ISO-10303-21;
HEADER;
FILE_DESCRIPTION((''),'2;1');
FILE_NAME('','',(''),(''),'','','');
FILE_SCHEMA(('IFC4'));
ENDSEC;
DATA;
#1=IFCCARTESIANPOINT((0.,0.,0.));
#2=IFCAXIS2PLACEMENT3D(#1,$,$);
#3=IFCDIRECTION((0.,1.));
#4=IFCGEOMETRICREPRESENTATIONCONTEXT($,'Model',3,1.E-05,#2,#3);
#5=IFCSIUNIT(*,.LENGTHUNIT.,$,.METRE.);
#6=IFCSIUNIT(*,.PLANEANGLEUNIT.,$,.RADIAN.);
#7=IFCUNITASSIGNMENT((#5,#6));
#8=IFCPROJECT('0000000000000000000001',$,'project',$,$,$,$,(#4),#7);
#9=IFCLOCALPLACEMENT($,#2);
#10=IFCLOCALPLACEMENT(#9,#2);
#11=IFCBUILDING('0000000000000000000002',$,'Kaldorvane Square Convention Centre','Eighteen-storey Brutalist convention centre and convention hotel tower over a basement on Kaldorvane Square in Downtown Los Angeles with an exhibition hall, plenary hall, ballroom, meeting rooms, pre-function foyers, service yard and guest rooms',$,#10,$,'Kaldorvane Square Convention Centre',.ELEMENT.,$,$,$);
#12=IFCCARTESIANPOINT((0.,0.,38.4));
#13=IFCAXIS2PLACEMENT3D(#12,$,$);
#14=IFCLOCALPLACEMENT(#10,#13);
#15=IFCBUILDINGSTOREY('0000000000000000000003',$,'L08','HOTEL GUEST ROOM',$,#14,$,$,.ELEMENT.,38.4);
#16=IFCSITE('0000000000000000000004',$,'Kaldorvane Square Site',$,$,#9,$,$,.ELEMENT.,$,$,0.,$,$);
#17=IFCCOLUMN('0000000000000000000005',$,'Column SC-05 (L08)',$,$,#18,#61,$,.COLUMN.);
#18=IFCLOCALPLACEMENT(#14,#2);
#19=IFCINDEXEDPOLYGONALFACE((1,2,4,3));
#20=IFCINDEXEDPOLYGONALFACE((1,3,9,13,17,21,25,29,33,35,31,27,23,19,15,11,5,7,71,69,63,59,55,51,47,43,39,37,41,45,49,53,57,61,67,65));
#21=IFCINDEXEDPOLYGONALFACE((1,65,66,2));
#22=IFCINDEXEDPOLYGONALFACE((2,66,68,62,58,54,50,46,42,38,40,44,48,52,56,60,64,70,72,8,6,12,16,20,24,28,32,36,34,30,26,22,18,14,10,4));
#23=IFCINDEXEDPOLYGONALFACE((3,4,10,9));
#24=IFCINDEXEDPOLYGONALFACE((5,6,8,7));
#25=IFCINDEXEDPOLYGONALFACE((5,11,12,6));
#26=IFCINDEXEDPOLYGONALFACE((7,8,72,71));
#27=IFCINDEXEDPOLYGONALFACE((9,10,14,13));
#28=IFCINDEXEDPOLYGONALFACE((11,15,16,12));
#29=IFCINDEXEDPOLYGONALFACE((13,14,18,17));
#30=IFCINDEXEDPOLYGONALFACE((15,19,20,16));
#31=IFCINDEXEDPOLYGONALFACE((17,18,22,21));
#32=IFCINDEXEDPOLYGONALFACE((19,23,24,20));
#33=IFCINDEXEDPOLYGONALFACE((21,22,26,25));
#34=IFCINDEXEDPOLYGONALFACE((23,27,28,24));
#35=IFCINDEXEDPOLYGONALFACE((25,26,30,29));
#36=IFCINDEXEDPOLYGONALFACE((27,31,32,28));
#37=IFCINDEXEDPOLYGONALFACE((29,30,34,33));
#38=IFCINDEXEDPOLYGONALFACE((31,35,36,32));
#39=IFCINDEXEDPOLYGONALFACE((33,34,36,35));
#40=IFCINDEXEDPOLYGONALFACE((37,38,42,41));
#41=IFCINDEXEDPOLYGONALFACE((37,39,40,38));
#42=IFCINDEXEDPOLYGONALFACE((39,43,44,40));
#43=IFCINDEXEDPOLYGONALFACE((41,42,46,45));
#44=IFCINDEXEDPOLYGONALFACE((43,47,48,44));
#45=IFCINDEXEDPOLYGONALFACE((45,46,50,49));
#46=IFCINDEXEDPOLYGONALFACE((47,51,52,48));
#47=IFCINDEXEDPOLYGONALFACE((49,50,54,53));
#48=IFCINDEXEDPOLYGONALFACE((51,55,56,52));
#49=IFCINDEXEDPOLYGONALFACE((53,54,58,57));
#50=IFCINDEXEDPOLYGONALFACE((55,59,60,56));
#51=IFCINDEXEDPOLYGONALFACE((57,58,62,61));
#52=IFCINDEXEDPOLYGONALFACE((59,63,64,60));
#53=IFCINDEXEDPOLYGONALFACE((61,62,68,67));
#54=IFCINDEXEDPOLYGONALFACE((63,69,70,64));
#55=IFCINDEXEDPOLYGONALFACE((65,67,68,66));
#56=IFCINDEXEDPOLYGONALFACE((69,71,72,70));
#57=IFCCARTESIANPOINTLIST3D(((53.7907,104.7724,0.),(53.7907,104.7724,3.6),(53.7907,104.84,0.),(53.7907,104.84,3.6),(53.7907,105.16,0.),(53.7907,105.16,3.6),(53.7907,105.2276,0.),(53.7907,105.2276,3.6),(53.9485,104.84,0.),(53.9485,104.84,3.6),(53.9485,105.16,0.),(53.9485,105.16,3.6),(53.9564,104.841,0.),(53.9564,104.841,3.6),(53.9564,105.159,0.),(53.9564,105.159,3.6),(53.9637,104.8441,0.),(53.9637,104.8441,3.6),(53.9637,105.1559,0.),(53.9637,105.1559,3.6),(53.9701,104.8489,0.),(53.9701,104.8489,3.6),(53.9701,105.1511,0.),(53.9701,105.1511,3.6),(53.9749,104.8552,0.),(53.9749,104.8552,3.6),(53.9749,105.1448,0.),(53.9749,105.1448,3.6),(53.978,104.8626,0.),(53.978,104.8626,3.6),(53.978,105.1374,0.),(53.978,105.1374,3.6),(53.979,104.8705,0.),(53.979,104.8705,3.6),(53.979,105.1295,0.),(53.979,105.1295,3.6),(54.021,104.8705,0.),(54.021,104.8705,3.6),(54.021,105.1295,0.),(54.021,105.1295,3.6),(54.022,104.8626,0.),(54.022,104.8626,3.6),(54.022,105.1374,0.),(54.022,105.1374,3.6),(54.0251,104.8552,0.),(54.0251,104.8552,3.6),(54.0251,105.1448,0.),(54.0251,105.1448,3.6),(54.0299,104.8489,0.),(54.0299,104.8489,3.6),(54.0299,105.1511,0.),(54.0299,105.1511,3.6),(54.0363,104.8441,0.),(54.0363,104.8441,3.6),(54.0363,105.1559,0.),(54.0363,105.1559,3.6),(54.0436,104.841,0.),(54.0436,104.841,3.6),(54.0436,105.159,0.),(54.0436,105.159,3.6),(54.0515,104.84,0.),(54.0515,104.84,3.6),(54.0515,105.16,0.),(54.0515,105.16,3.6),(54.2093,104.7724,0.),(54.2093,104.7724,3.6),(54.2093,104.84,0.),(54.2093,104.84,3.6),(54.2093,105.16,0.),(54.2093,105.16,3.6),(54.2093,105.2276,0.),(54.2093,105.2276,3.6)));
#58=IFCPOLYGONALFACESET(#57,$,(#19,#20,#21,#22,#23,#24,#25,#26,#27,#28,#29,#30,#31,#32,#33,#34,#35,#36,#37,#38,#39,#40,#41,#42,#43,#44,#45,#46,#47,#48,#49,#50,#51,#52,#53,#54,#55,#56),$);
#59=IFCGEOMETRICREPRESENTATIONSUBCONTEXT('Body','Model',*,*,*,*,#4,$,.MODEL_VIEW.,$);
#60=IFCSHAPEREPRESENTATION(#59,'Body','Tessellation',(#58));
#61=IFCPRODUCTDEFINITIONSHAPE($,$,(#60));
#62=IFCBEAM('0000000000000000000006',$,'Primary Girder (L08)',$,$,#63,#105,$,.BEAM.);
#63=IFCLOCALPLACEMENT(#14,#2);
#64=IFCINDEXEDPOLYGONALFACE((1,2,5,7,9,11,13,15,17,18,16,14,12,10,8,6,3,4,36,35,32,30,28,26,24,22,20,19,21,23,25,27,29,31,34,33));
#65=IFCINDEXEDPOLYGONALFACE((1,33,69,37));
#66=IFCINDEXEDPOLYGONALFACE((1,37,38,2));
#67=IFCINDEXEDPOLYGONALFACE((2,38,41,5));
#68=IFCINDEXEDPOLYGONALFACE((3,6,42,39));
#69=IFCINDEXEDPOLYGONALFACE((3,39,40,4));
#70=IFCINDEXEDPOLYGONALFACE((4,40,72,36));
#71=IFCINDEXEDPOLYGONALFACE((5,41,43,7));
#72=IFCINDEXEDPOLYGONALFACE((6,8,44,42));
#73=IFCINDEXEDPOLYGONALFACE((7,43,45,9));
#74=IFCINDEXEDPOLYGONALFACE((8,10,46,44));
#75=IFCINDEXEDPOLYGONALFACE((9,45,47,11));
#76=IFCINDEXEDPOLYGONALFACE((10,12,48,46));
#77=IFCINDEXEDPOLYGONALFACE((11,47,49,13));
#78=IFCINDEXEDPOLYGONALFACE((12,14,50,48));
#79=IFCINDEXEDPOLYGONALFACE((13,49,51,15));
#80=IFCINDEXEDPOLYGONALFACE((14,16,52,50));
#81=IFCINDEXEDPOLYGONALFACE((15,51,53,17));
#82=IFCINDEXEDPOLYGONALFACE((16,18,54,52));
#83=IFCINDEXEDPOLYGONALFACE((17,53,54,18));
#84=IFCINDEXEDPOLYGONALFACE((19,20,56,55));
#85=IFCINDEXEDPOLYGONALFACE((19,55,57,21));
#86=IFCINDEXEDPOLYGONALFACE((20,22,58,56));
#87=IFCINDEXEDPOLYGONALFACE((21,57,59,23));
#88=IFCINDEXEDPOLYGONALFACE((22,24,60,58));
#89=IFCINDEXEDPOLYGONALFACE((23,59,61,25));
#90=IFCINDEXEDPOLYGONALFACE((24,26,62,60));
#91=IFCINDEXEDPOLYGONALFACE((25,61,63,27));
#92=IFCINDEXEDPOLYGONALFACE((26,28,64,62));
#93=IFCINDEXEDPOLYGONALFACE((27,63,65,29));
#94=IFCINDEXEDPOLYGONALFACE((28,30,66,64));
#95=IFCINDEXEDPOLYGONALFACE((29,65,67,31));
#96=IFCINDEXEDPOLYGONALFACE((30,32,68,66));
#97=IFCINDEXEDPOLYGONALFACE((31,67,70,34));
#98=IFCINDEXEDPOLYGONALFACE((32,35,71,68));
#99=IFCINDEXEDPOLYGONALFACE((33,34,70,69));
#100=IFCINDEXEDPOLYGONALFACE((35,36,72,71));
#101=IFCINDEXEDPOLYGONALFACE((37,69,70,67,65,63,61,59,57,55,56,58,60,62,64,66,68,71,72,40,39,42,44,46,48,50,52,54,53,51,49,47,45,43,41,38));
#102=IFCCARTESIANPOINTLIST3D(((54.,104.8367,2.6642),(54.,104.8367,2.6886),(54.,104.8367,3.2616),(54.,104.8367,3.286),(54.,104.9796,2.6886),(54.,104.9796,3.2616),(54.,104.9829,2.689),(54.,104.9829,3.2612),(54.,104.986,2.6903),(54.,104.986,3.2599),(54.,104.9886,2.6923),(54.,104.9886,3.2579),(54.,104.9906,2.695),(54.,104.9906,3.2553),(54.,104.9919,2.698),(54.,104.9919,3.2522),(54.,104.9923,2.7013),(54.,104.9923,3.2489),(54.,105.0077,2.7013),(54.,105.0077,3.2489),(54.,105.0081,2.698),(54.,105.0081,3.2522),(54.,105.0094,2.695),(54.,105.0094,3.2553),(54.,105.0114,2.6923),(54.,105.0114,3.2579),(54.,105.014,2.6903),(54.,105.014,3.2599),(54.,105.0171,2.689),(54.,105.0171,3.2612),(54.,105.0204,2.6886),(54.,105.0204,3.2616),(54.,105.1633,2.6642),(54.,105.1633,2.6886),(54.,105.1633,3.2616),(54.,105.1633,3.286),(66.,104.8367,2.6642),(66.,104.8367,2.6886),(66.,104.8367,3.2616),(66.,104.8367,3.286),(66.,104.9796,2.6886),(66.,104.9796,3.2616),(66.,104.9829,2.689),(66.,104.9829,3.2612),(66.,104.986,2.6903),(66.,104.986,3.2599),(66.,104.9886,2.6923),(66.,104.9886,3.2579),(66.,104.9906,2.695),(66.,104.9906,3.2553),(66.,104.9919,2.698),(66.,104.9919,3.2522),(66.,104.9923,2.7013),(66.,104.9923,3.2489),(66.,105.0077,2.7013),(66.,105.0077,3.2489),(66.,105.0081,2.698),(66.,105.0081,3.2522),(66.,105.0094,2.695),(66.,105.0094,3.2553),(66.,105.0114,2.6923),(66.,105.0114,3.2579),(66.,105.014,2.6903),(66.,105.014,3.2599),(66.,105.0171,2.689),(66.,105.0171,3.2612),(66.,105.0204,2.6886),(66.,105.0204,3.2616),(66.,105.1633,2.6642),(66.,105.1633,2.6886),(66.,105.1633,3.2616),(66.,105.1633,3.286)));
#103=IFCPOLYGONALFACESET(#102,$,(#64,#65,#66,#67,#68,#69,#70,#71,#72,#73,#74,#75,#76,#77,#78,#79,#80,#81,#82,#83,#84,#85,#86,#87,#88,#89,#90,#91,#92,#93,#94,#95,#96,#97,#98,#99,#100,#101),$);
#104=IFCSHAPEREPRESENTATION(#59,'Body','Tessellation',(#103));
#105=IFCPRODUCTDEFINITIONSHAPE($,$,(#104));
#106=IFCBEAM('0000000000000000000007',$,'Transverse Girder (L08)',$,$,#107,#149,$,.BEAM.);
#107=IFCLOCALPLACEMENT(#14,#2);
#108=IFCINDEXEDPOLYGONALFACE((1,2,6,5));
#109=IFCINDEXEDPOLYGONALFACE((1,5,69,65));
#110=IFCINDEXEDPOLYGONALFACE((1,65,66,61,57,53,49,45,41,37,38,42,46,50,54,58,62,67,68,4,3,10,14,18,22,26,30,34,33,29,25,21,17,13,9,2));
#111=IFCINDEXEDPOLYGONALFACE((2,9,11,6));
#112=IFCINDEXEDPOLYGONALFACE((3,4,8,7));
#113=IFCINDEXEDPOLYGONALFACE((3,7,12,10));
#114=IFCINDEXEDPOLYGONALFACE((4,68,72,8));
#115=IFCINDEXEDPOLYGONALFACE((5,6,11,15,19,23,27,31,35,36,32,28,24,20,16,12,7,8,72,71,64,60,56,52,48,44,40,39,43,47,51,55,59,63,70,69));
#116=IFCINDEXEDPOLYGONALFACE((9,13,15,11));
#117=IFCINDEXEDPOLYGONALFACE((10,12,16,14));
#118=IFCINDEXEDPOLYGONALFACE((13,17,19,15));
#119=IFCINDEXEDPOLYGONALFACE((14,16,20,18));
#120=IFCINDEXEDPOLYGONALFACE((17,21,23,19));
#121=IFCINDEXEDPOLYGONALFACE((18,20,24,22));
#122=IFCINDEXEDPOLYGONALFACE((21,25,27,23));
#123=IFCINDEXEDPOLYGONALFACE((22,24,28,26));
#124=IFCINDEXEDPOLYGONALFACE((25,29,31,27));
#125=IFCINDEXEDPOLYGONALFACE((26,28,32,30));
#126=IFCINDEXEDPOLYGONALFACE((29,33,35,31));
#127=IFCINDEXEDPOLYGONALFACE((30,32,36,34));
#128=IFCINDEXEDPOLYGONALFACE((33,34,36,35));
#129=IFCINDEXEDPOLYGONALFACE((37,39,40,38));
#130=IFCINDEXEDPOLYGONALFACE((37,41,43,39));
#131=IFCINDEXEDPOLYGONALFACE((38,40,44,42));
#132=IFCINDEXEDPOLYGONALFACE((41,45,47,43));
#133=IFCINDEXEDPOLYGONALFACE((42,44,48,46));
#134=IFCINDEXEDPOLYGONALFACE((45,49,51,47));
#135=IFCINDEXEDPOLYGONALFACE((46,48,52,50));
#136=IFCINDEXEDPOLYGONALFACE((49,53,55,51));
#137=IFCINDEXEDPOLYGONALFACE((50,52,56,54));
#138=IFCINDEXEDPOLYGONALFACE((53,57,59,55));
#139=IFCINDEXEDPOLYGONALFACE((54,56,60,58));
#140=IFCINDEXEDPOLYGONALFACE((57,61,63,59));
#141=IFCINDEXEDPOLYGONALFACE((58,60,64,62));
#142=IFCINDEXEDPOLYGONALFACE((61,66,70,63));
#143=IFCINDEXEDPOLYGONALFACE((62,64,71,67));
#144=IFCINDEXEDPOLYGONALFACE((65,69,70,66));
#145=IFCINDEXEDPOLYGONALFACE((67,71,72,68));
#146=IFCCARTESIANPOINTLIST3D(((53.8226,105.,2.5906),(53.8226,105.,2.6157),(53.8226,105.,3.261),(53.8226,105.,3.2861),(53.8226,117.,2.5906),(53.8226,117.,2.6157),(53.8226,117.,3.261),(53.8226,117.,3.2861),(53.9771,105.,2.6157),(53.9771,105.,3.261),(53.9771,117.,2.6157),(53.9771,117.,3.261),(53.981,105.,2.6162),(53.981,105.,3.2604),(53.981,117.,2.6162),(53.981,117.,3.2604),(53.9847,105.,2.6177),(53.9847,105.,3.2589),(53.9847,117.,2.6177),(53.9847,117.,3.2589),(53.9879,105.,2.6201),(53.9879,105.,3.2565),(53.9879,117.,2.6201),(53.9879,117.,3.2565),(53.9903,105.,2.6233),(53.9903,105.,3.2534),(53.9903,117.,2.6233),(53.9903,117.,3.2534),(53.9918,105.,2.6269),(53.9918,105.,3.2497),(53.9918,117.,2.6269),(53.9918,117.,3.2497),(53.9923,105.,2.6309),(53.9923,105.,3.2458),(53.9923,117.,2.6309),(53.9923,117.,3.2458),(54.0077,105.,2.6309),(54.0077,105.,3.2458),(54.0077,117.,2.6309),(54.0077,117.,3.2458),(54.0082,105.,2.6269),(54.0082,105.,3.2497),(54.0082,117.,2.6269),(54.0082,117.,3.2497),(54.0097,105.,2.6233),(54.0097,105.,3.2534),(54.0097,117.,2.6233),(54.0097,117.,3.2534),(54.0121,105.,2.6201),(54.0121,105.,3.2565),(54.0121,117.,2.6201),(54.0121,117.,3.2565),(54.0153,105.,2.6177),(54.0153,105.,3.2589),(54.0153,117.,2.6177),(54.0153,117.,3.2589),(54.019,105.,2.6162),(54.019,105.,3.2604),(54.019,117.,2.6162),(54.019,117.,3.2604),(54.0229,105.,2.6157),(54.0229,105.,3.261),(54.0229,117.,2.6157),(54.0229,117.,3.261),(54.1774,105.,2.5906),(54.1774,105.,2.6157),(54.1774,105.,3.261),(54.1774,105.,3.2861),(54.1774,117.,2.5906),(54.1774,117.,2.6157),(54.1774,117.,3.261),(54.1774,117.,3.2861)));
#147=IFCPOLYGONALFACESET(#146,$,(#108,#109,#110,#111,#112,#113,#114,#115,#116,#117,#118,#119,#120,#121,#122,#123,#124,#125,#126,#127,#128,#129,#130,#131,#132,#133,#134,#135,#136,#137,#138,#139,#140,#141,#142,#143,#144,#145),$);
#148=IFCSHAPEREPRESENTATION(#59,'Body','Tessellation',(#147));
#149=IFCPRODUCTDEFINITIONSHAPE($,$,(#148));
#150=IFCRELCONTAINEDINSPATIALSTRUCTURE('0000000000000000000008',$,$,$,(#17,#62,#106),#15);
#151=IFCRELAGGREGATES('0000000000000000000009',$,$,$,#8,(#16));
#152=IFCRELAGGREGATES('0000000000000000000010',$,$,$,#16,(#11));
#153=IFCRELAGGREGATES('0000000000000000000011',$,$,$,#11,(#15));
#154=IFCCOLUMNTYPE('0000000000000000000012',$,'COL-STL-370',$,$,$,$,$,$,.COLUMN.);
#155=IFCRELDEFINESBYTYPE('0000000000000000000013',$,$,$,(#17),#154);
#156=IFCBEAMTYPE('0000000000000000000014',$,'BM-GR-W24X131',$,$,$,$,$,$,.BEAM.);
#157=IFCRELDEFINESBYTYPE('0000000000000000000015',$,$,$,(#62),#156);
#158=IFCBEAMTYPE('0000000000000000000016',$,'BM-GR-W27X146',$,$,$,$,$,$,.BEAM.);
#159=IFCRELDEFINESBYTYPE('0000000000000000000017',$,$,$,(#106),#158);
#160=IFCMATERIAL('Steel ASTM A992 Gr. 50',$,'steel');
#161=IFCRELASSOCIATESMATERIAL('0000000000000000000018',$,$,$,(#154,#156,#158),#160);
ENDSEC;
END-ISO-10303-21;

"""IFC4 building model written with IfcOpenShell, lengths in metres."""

from ifc_helpers import new_model, si_unit, direction, frame, origin, origin_2d, place, context, subcontext, project, spatial, i_section, extrude, material, material_profile, profile_set, type_object, element, save


model = new_model("IFC4")

# Units and contexts
model_context = context("Model", 3, precision=1e-05, world=origin(), true_north=direction((0.0, 1.0)))
body_context = subcontext(model_context, "Body", "Model", "MODEL_VIEW")
ifc_project = project(units=[si_unit("LENGTHUNIT", "METRE"), si_unit("PLANEANGLEUNIT", "RADIAN")], contexts=[model_context])

# Site, building, storey
site_placement = place(None, origin())
site = spatial("IfcSite", under=ifc_project, at=site_placement, Name="Kaldorvane Square Site", CompositionType="ELEMENT", RefElevation=0.0)
building_placement = place(site_placement, origin())
building = spatial("IfcBuilding", under=site, at=building_placement, Name="Kaldorvane Square Convention Centre", Description="Eighteen-storey Brutalist convention centre and convention hotel tower over a basement on Kaldorvane Square in Downtown Los Angeles with an exhibition hall, plenary hall, ballroom, meeting rooms, pre-function foyers, service yard and guest rooms", LongName="Kaldorvane Square Convention Centre", CompositionType="ELEMENT")
storey_placement = place(building_placement, frame((0.0, 0.0, 38.4)))
storey = spatial("IfcBuildingStorey", under=building, at=storey_placement, Name="L08", Description="HOTEL GUEST ROOM", CompositionType="ELEMENT", Elevation=38.4)

# Column
ifc_material_1 = material(Name="Steel ASTM A992 Gr. 50", Category="steel")
ifc_material_profile_1 = material_profile(ifc_material_1, i_section(OverallWidth=0.4185, OverallDepth=0.4552, WebThickness=0.042, FlangeThickness=0.0676, FilletRadius=0.0305, at=origin_2d()), Name="W14X370")
ifc_profile_set_1 = profile_set([ifc_material_profile_1], Name="Steel ASTM A992 Gr. 50")
column_type = type_object("IfcColumnType", Name="COL-STL-370", PredefinedType="COLUMN", material=ifc_profile_set_1)
column_placement = place(storey_placement, frame((54.0, 105.0, 0.0), z_axis=(0.0, 0.0, 1.0), x_axis=(1.0, 0.0, 0.0)))
element("IfcColumn", 1, at=column_placement, inside=storey, type_object=column_type, Name="Column SC-05 (L08)", PredefinedType="COLUMN", context=body_context, shape_type="SweptSolid", body=[
    extrude(i_section(OverallWidth=0.4185, OverallDepth=0.4552, WebThickness=0.042, FlangeThickness=0.0676, FilletRadius=0.0305, at=origin_2d()), origin(), (0.0, 0.0, 1.0), 3.6),
])

# Beams
ifc_material_profile_2 = material_profile(ifc_material_1, i_section(OverallWidth=0.3265, OverallDepth=0.6218, WebThickness=0.0154, FlangeThickness=0.0244, FilletRadius=0.0127, at=origin_2d()), Name="W24X131")
ifc_profile_set_2 = profile_set([ifc_material_profile_2], Name="Steel ASTM A992 Gr. 50")
beam_type_1 = type_object("IfcBeamType", Name="BM-GR-W24X131", PredefinedType="BEAM", material=ifc_profile_set_2)
beam_1_placement = place(storey_placement, frame((54.0, 105.0, 2.9751), z_axis=(1.0, 0.0, 0.0), x_axis=(0.0, 1.0, 0.0)))
element("IfcBeam", 2, at=beam_1_placement, inside=storey, type_object=beam_type_1, Name="Primary Girder (L08)", PredefinedType="BEAM", context=body_context, shape_type="SweptSolid", body=[
    extrude(i_section(OverallWidth=0.3265, OverallDepth=0.6218, WebThickness=0.0154, FlangeThickness=0.0244, FilletRadius=0.0127, at=origin_2d()), origin(), (0.0, 0.0, 1.0), 12.0),
])
ifc_material_profile_3 = material_profile(ifc_material_1, i_section(OverallWidth=0.3547, OverallDepth=0.6955, WebThickness=0.0154, FlangeThickness=0.0251, FilletRadius=0.0152, at=origin_2d()), Name="W27X146")
ifc_profile_set_3 = profile_set([ifc_material_profile_3], Name="Steel ASTM A992 Gr. 50")
beam_type_2 = type_object("IfcBeamType", Name="BM-GR-W27X146", PredefinedType="BEAM", material=ifc_profile_set_3)
beam_2_placement = place(storey_placement, frame((54.0, 105.0, 2.9383), z_axis=(0.0, 1.0, 0.0), x_axis=(-1.0, 0.0, 0.0)))
element("IfcBeam", 3, at=beam_2_placement, inside=storey, type_object=beam_type_2, Name="Transverse Girder (L08)", PredefinedType="BEAM", context=body_context, shape_type="SweptSolid", body=[
    extrude(i_section(OverallWidth=0.3547, OverallDepth=0.6955, WebThickness=0.0154, FlangeThickness=0.0251, FilletRadius=0.0152, at=origin_2d()), origin(), (0.0, 0.0, 1.0), 12.0),
])

save(model, "model.ifc")
